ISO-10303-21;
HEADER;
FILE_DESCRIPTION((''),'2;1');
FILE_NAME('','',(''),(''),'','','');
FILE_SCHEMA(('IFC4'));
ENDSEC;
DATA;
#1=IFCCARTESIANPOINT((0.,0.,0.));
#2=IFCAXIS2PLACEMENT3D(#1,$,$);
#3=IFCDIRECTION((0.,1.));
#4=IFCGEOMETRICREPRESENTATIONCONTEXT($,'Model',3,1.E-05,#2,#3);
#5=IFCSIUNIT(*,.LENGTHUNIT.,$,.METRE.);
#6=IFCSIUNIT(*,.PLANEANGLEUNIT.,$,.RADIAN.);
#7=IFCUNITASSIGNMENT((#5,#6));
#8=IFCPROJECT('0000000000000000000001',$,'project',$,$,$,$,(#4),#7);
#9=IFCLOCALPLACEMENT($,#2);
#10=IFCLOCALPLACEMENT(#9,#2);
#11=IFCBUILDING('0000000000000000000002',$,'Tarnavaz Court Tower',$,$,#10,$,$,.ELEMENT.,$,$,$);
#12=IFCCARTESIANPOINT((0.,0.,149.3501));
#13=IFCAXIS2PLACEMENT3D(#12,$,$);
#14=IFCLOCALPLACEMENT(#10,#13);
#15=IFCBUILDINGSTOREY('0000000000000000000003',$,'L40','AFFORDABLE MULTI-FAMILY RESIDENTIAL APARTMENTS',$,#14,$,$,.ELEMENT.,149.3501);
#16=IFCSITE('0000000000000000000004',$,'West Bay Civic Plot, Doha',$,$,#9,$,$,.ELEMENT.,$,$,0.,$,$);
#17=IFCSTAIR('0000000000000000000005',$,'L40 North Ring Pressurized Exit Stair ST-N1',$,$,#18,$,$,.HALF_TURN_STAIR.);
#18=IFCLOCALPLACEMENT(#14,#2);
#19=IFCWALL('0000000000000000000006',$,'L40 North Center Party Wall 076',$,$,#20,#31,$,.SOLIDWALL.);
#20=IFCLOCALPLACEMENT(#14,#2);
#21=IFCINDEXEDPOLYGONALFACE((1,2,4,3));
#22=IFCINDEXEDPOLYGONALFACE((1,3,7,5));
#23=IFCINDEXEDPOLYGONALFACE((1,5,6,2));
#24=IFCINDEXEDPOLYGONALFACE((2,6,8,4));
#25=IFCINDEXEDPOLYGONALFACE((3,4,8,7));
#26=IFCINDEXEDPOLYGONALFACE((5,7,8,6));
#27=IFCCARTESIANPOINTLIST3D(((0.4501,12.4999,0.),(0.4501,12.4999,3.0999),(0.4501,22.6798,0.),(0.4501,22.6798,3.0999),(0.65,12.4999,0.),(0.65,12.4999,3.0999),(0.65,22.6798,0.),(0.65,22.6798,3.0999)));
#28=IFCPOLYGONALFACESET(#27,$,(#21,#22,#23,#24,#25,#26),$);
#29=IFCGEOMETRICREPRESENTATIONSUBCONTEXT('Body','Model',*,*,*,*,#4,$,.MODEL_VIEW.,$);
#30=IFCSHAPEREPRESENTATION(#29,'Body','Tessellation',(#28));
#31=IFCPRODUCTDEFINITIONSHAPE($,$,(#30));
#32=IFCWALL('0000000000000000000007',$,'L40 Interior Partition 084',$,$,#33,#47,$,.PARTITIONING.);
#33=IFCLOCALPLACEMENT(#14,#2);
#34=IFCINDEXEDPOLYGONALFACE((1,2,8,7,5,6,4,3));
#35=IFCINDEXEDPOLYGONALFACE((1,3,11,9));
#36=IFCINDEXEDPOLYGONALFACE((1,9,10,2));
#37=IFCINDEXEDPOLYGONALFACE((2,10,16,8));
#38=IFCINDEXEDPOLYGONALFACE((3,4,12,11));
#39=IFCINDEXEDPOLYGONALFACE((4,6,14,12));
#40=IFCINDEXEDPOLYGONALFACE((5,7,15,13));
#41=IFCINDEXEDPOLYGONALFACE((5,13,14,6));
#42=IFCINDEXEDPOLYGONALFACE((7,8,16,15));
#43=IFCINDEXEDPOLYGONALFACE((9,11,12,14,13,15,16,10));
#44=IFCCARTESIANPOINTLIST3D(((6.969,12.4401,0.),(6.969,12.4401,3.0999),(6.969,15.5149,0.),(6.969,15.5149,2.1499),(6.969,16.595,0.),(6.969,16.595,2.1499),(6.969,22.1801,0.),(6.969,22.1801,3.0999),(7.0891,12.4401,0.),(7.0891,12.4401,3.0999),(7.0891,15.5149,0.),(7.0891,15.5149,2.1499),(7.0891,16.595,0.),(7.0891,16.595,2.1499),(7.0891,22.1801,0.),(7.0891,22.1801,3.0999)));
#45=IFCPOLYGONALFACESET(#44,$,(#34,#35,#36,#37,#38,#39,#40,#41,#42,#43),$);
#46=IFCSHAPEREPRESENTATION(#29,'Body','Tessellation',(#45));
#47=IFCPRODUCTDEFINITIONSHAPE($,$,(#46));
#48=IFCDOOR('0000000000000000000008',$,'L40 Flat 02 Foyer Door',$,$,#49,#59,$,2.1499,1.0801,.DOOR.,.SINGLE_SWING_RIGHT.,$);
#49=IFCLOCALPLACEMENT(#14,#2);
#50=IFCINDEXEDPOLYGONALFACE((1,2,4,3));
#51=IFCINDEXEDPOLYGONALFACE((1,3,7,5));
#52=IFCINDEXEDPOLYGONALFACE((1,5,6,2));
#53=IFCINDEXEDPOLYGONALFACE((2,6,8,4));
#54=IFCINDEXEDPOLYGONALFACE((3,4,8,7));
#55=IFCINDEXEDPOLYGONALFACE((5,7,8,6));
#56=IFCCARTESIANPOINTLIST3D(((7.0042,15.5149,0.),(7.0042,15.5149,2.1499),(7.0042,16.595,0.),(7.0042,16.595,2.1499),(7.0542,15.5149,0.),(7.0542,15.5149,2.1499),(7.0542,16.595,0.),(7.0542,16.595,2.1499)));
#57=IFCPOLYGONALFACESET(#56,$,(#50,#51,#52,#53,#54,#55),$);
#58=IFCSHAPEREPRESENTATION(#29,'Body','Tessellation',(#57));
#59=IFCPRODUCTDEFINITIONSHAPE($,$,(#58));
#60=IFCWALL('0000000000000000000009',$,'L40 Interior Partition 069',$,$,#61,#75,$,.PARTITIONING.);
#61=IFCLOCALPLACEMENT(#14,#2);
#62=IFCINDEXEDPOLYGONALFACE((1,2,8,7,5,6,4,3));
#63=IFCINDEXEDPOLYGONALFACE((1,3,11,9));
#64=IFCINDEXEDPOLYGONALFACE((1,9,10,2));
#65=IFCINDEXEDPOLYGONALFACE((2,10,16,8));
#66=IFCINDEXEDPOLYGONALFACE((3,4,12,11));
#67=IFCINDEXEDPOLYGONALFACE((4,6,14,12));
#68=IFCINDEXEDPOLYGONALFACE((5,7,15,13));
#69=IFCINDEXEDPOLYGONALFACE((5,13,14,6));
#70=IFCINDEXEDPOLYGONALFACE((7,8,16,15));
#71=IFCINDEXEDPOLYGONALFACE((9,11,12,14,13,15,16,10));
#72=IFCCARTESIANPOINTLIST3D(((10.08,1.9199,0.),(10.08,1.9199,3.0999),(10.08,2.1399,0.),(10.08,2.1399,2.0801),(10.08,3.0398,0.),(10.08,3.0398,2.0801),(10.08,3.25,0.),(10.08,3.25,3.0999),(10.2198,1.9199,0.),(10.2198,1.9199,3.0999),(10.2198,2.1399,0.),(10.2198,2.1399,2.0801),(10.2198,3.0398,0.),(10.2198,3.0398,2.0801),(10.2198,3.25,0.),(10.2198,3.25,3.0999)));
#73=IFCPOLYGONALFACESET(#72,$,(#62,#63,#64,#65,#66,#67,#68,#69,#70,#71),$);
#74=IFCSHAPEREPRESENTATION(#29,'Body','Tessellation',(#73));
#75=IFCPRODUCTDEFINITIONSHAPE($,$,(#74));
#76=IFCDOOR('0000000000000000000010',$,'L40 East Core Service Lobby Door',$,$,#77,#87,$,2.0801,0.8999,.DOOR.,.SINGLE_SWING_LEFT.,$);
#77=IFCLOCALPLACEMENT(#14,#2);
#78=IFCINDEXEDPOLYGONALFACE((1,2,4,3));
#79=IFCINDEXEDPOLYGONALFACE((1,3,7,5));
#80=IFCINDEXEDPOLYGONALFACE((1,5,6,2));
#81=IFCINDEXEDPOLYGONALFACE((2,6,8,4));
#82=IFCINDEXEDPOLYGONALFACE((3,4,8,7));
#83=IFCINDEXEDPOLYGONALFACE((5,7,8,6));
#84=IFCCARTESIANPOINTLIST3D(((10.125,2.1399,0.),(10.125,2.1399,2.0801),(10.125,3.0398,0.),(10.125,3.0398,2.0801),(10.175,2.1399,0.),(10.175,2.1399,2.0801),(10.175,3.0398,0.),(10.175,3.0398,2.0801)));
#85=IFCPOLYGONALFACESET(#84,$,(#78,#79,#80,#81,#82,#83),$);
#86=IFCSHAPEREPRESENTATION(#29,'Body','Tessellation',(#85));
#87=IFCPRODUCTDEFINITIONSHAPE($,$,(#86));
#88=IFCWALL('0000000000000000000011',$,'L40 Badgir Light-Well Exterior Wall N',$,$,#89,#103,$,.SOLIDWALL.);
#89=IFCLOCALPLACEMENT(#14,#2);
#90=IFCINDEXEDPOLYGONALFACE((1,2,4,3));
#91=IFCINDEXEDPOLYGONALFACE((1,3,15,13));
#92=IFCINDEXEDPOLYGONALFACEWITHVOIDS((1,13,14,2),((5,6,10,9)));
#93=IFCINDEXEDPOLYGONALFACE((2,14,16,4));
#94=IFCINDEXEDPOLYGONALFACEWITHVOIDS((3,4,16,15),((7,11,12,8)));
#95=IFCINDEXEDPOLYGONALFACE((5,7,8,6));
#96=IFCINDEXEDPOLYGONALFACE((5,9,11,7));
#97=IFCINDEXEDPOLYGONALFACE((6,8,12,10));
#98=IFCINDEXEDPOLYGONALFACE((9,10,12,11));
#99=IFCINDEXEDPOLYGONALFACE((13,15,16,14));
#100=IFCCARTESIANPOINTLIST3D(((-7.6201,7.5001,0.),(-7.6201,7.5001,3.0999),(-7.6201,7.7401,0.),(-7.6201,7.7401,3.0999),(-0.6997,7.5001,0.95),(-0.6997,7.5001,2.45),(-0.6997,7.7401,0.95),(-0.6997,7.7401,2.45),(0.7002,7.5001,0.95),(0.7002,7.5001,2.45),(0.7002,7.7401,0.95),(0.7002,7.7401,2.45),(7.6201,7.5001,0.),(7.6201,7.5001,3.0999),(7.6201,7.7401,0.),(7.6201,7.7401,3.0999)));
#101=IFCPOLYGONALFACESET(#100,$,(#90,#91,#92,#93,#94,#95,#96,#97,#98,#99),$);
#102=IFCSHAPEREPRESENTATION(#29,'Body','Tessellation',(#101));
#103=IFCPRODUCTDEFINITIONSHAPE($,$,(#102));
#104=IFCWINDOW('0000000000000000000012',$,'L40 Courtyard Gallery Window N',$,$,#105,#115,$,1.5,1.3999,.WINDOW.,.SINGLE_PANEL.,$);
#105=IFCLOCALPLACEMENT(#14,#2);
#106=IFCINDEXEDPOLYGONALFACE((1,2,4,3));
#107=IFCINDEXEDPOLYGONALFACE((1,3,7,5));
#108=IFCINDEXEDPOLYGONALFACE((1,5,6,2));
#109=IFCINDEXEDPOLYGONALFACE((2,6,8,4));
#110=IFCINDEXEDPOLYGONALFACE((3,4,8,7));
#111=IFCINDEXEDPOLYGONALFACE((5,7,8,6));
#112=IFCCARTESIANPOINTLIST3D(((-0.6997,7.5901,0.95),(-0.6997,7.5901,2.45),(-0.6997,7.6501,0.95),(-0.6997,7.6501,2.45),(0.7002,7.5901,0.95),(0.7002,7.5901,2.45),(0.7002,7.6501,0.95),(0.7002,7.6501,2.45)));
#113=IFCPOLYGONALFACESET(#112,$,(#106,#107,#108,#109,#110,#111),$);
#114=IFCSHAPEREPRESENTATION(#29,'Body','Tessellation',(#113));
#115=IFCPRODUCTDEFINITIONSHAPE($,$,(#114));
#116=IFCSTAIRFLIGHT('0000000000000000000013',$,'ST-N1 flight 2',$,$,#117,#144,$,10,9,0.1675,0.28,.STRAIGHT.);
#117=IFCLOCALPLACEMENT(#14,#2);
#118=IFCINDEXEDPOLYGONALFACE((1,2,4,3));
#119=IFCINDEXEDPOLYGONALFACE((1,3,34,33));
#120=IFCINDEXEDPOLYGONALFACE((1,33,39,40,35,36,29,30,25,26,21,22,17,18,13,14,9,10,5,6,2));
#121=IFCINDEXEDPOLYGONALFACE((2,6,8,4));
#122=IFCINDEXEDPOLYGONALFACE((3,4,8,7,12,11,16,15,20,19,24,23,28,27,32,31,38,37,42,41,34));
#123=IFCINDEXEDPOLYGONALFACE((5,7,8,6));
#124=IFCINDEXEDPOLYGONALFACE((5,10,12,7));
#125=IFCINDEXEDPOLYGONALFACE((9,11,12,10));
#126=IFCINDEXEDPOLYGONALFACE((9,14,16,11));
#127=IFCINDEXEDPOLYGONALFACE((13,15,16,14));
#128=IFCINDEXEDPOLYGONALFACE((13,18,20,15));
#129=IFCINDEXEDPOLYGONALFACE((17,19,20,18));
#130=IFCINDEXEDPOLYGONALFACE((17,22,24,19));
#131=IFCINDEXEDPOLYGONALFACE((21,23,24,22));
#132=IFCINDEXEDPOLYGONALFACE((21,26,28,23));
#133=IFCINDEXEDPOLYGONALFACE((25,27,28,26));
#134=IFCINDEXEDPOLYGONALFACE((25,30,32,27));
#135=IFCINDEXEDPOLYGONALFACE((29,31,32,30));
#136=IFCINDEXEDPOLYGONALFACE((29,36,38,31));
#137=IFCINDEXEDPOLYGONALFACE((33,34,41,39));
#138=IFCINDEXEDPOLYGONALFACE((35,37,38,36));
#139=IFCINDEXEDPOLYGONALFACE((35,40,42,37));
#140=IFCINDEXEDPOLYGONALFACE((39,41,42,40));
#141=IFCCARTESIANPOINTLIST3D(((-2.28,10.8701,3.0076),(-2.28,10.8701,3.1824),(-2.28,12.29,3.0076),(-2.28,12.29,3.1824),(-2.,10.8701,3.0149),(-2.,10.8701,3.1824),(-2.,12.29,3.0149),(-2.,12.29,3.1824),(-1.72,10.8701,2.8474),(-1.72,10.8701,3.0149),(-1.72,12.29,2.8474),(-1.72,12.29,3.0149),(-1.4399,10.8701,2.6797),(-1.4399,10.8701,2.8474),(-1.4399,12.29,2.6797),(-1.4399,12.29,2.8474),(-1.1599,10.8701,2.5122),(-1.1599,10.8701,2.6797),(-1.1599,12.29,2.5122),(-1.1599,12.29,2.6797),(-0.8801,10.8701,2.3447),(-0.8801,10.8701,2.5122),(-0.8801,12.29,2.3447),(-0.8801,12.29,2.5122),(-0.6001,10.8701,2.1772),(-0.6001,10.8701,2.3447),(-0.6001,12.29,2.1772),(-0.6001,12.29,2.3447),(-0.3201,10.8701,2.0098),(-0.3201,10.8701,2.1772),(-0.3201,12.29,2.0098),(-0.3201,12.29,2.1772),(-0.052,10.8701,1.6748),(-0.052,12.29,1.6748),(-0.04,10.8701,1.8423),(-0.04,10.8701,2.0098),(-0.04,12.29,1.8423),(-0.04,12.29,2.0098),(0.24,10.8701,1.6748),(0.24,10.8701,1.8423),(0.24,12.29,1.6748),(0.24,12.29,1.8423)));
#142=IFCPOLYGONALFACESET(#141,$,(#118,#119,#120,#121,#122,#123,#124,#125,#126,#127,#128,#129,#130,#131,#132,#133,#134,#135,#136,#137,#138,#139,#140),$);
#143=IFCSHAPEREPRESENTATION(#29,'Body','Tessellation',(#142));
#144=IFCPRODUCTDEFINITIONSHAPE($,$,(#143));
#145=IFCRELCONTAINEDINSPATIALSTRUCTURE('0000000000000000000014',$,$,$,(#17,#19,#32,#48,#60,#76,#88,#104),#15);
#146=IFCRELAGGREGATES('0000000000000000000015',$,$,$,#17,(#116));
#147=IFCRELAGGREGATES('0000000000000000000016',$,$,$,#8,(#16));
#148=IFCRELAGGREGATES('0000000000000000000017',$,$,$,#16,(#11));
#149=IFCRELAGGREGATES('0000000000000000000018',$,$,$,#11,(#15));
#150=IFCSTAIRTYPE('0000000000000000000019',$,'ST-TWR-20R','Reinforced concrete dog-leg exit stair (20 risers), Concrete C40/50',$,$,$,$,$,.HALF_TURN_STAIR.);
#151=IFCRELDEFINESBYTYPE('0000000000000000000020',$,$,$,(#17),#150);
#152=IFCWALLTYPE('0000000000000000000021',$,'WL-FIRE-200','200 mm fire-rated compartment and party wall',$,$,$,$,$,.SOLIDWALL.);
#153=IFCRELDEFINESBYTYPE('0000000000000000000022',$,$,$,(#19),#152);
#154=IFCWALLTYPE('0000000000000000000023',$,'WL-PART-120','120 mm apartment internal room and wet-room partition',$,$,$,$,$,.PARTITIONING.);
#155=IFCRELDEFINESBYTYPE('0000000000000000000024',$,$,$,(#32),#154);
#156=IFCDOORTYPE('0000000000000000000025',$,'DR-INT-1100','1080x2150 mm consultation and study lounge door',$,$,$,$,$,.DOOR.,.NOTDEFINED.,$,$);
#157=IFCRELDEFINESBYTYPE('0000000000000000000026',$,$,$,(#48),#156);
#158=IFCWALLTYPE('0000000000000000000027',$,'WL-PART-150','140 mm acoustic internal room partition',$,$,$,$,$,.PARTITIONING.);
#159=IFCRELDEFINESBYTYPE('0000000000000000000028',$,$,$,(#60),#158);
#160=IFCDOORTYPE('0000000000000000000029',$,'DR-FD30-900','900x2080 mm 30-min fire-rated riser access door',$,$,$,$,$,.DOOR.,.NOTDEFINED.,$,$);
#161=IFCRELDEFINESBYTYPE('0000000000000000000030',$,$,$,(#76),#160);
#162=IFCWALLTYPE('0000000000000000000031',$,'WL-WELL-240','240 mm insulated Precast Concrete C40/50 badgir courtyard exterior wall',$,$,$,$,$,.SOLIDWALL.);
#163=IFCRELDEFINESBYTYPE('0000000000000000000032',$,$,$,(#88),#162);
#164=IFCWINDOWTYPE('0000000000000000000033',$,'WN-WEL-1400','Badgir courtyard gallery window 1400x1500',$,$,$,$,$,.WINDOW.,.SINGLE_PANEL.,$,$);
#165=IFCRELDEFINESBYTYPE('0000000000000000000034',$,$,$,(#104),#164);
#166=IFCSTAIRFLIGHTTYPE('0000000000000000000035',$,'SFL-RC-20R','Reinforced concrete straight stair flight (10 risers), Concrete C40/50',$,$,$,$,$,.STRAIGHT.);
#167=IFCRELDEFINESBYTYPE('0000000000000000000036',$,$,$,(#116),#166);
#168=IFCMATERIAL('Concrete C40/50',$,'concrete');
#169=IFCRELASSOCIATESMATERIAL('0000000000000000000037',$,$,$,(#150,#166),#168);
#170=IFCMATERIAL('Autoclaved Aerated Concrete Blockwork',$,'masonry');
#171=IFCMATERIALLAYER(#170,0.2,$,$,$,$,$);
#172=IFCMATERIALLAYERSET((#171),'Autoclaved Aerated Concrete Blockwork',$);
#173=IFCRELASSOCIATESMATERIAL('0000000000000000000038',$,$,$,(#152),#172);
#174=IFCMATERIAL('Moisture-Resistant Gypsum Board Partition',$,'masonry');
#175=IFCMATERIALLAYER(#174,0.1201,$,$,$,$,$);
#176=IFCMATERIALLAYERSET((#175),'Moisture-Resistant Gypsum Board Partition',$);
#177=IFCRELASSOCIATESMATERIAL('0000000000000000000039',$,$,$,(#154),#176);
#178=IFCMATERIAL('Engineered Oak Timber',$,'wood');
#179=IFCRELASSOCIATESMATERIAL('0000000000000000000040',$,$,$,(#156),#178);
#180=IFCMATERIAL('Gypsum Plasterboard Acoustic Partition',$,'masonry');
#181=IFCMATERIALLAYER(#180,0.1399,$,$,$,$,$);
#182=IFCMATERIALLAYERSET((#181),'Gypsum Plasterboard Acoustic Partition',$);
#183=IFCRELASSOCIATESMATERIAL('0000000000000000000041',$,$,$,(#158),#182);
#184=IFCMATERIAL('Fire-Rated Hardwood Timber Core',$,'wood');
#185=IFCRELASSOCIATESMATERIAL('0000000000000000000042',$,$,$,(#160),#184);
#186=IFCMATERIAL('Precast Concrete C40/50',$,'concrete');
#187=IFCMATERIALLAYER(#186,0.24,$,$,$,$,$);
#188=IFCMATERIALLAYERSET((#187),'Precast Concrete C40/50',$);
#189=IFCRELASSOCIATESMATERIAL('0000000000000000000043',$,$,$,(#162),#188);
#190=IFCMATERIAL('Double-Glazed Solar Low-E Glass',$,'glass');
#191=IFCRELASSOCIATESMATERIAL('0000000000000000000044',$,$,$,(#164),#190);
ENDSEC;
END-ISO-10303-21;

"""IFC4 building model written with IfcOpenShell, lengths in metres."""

from ifc_helpers import new_model, si_unit, direction, frame, frame_2d, origin, place, context, subcontext, project, spatial, polyline, rectangle, outline, extrude, material, layer, layer_set, type_object, element, fill, aggregate, save


model = new_model("IFC4")

# Units and contexts
model_context = context("Model", 3, precision=1e-05, world=origin(), true_north=direction((0.0, 1.0)))
body_context = subcontext(model_context, "Body", "Model", "MODEL_VIEW")
ifc_project = project(units=[si_unit("LENGTHUNIT", "METRE"), si_unit("PLANEANGLEUNIT", "RADIAN")], contexts=[model_context])

# Site, building, storey
site_placement = place(None, origin())
site = spatial("IfcSite", under=ifc_project, at=site_placement, Name="West Bay Civic Plot, Doha", CompositionType="ELEMENT", RefElevation=0.0)
building_placement = place(site_placement, origin())
building = spatial("IfcBuilding", under=site, at=building_placement, Name="Tarnavaz Court Tower", CompositionType="ELEMENT")
storey_placement = place(building_placement, frame((0.0, 0.0, 149.3501)))
storey = spatial("IfcBuildingStorey", under=building, at=storey_placement, Name="L40", Description="AFFORDABLE MULTI-FAMILY RESIDENTIAL APARTMENTS", CompositionType="ELEMENT", Elevation=149.3501)

# Stair
ifc_material_1 = material(Name="Concrete C40/50", Category="concrete")
stair_type = type_object("IfcStairType", Name="ST-TWR-20R", Description="Reinforced concrete dog-leg exit stair (20 risers), Concrete C40/50", PredefinedType="HALF_TURN_STAIR", material=ifc_material_1)
stair_1_placement = place(storey_placement, origin())
stair_1 = element("IfcStair", 1, at=stair_1_placement, inside=storey, type_object=stair_type, Name="L40 North Ring Pressurized Exit Stair ST-N1", PredefinedType="HALF_TURN_STAIR")

# Shared definitions
ifc_material_2 = material(Name="Fire-Rated Hardwood Timber Core", Category="wood")

# Wall
ifc_material_3 = material(Name="Autoclaved Aerated Concrete Blockwork", Category="masonry")
ifc_layer_1 = layer(ifc_material_3, 0.2)
ifc_layer_set_1 = layer_set([ifc_layer_1], Name="Autoclaved Aerated Concrete Blockwork")
wall_type_1 = type_object("IfcWallType", Name="WL-FIRE-200", Description="200 mm fire-rated compartment and party wall", PredefinedType="SOLIDWALL", material=ifc_layer_set_1)
wall_1_placement = place(storey_placement, frame((0.55, 12.5, 0.0), z_axis=(0.0, 0.0, 1.0), x_axis=(0.0, 1.0, 0.0)))
element("IfcWall", 2, at=wall_1_placement, inside=storey, type_object=wall_type_1, Name="L40 North Center Party Wall 076", PredefinedType="SOLIDWALL", context=body_context, shape_type="SweptSolid", body=[
    extrude(rectangle(XDim=10.1799, YDim=0.2, at=frame_2d((5.0898, 0.0))), origin(), (0.0, 0.0, 1.0), 3.0999),
])

# Walls, openings, doors
ifc_material_4 = material(Name="Moisture-Resistant Gypsum Board Partition", Category="masonry")
ifc_layer_2 = layer(ifc_material_4, 0.1201)
ifc_layer_set_2 = layer_set([ifc_layer_2], Name="Moisture-Resistant Gypsum Board Partition")
wall_type_2 = type_object("IfcWallType", Name="WL-PART-120", Description="120 mm apartment internal room and wet-room partition", PredefinedType="PARTITIONING", material=ifc_layer_set_2)
wall_2_placement = place(storey_placement, frame((7.0291, 12.4399, 0.0), z_axis=(0.0, 0.0, 1.0), x_axis=(0.0, 1.0, 0.0)))
wall_2 = element("IfcWall", 3, at=wall_2_placement, inside=storey, type_object=wall_type_2, Name="L40 Interior Partition 084", PredefinedType="PARTITIONING", context=body_context, shape_type="SweptSolid", body=[
    extrude(rectangle(XDim=9.74, YDim=0.1201, at=frame_2d((4.8701, 0.0))), origin(), (0.0, 0.0, 1.0), 3.0999),
])
opening_1_placement = place(wall_2_placement, frame((3.075, 0.0, 0.0)))
opening_1 = element("IfcOpeningElement", 4, at=opening_1_placement, cuts=wall_2, PredefinedType="OPENING", context=body_context, shape_type="SweptSolid", body=[
    extrude(rectangle(XDim=1.0801, YDim=2.1499, at=frame_2d((0.54, 1.075))), frame((0.0, 0.0701, 0.0), z_axis=(0.0, -1.0, 0.0), x_axis=(1.0, 0.0, 0.0)), (0.0, 0.0, 1.0), 0.1401),
])
ifc_material_5 = material(Name="Engineered Oak Timber", Category="wood")
door_type_1 = type_object("IfcDoorType", Name="DR-INT-1100", Description="1080x2150 mm consultation and study lounge door", OperationType="NOTDEFINED", PredefinedType="DOOR", material=ifc_material_5)
door_1_placement = place(opening_1_placement, origin())
door_1 = element("IfcDoor", 5, at=door_1_placement, inside=storey, type_object=door_type_1, Name="L40 Flat 02 Foyer Door", OperationType="SINGLE_SWING_RIGHT", OverallHeight=2.1499, OverallWidth=1.0801, PredefinedType="DOOR", context=body_context, shape_type="SweptSolid", body=[
    extrude(rectangle(XDim=1.0801, YDim=2.1499, at=frame_2d((0.54, 1.075))), frame((0.0, 0.0249, 0.0), z_axis=(0.0, -1.0, 0.0), x_axis=(1.0, 0.0, 0.0)), (0.0, 0.0, 1.0), 0.05),
])
fill(opening_1, door_1)
ifc_material_6 = material(Name="Gypsum Plasterboard Acoustic Partition", Category="masonry")
ifc_layer_3 = layer(ifc_material_6, 0.1399)
ifc_layer_set_3 = layer_set([ifc_layer_3], Name="Gypsum Plasterboard Acoustic Partition")
wall_type_3 = type_object("IfcWallType", Name="WL-PART-150", Description="140 mm acoustic internal room partition", PredefinedType="PARTITIONING", material=ifc_layer_set_3)
wall_3_placement = place(storey_placement, frame((10.1499, 1.9199, 0.0), z_axis=(0.0, 0.0, 1.0), x_axis=(0.0, 1.0, 0.0)))
wall_3 = element("IfcWall", 6, at=wall_3_placement, inside=storey, type_object=wall_type_3, Name="L40 Interior Partition 069", PredefinedType="PARTITIONING", context=body_context, shape_type="SweptSolid", body=[
    extrude(rectangle(XDim=1.3301, YDim=0.1399, at=frame_2d((0.665, 0.0))), origin(), (0.0, 0.0, 1.0), 3.0999),
])
opening_2_placement = place(wall_3_placement, frame((0.22, 0.0, 0.0)))
opening_2 = element("IfcOpeningElement", 7, at=opening_2_placement, cuts=wall_3, PredefinedType="OPENING", context=body_context, shape_type="SweptSolid", body=[
    extrude(rectangle(XDim=0.8999, YDim=2.0801, at=frame_2d((0.45, 1.04))), frame((0.0, 0.0798, 0.0), z_axis=(0.0, -1.0, 0.0), x_axis=(1.0, 0.0, 0.0)), (0.0, 0.0, 1.0), 0.1599),
])
door_type_2 = type_object("IfcDoorType", Name="DR-FD30-900", Description="900x2080 mm 30-min fire-rated riser access door", OperationType="NOTDEFINED", PredefinedType="DOOR", material=ifc_material_2)
door_2_placement = place(opening_2_placement, origin())
door_2 = element("IfcDoor", 8, at=door_2_placement, inside=storey, type_object=door_type_2, Name="L40 East Core Service Lobby Door", OperationType="SINGLE_SWING_LEFT", OverallHeight=2.0801, OverallWidth=0.8999, PredefinedType="DOOR", context=body_context, shape_type="SweptSolid", body=[
    extrude(rectangle(XDim=0.8999, YDim=2.0801, at=frame_2d((0.45, 1.04))), frame((0.0, 0.0249, 0.0), z_axis=(0.0, -1.0, 0.0), x_axis=(1.0, 0.0, 0.0)), (0.0, 0.0, 1.0), 0.05),
])
fill(opening_2, door_2)

# Wall, opening, window
ifc_material_7 = material(Name="Precast Concrete C40/50", Category="concrete")
ifc_layer_4 = layer(ifc_material_7, 0.24)
ifc_layer_set_4 = layer_set([ifc_layer_4], Name="Precast Concrete C40/50")
wall_type_4 = type_object("IfcWallType", Name="WL-WELL-240", Description="240 mm insulated Precast Concrete C40/50 badgir courtyard exterior wall", PredefinedType="SOLIDWALL", material=ifc_layer_set_4)
wall_4_placement = place(storey_placement, frame((7.6201, 7.6201, 0.0), z_axis=(0.0, 0.0, 1.0), x_axis=(-1.0, 0.0, 0.0)))
wall_4 = element("IfcWall", 9, at=wall_4_placement, inside=storey, type_object=wall_type_4, Name="L40 Badgir Light-Well Exterior Wall N", PredefinedType="SOLIDWALL", context=body_context, shape_type="SweptSolid", body=[
    extrude(rectangle(XDim=15.2402, YDim=0.24, at=frame_2d((7.6201, 0.0))), origin(), (0.0, 0.0, 1.0), 3.0999),
])
opening_3_placement = place(wall_4_placement, frame((6.9199, 0.0, 0.95)))
opening_3 = element("IfcOpeningElement", 10, at=opening_3_placement, cuts=wall_4, PredefinedType="OPENING", context=body_context, shape_type="SweptSolid", body=[
    extrude(rectangle(XDim=1.3999, YDim=1.5, at=frame_2d((0.7, 0.75))), frame((0.0, 0.1299, 0.0), z_axis=(0.0, -1.0, 0.0), x_axis=(1.0, 0.0, 0.0)), (0.0, 0.0, 1.0), 0.26),
])
ifc_material_8 = material(Name="Double-Glazed Solar Low-E Glass", Category="glass")
window_type = type_object("IfcWindowType", Name="WN-WEL-1400", Description="Badgir courtyard gallery window 1400x1500", PartitioningType="SINGLE_PANEL", PredefinedType="WINDOW", material=ifc_material_8)
window_placement = place(opening_3_placement, origin())
window = element("IfcWindow", 11, at=window_placement, inside=storey, type_object=window_type, Name="L40 Courtyard Gallery Window N", OverallHeight=1.5, OverallWidth=1.3999, PartitioningType="SINGLE_PANEL", PredefinedType="WINDOW", context=body_context, shape_type="SweptSolid", body=[
    extrude(rectangle(XDim=1.3999, YDim=1.5, at=frame_2d((0.7, 0.75))), frame((0.0, 0.03, 0.0), z_axis=(0.0, -1.0, 0.0), x_axis=(1.0, 0.0, 0.0)), (0.0, 0.0, 1.0), 0.0601),
])
fill(opening_3, window)

# Stair flight
stair_flight_type = type_object("IfcStairFlightType", Name="SFL-RC-20R", Description="Reinforced concrete straight stair flight (10 risers), Concrete C40/50", PredefinedType="STRAIGHT", material=ifc_material_1)
stair_flight_placement = place(storey_placement, frame((0.24, 11.5801, 1.6748), z_axis=(0.0, 0.0, 1.0), x_axis=(-1.0, 0.0, 0.0)))
stair_flight = element("IfcStairFlight", 12, at=stair_flight_placement, type_object=stair_flight_type, Name="ST-N1 flight 2", NumberOfRisers=10, NumberOfTreads=9, PredefinedType="STRAIGHT", RiserHeight=0.1675, TreadLength=0.28, context=body_context, shape_type="SweptSolid", body=[
    extrude(outline(polyline([(0.0, 0.0), (0.0, 0.1675), (0.28, 0.1675), (0.28, 0.335), (0.5601, 0.335), (0.5601, 0.5024), (0.8401, 0.5024), (0.8401, 0.6699), (1.1201, 0.6699), (1.1201, 0.8374), (1.3999, 0.8374), (1.3999, 1.0049), (1.6799, 1.0049), (1.6799, 1.1726), (1.96, 1.1726), (1.96, 1.3401), (2.24, 1.3401), (2.24, 1.5076), (2.52, 1.5076), (2.52, 1.675), (2.52, 1.3328), (0.292, 0.0), (0.0, 0.0)])), frame((0.0, 0.71, 0.0), z_axis=(0.0, -1.0, 0.0), x_axis=(1.0, 0.0, 0.0)), (0.0, 0.0, 1.0), 1.4199),
])
aggregate(stair_1, [stair_flight])

save(model, "model.ifc")
